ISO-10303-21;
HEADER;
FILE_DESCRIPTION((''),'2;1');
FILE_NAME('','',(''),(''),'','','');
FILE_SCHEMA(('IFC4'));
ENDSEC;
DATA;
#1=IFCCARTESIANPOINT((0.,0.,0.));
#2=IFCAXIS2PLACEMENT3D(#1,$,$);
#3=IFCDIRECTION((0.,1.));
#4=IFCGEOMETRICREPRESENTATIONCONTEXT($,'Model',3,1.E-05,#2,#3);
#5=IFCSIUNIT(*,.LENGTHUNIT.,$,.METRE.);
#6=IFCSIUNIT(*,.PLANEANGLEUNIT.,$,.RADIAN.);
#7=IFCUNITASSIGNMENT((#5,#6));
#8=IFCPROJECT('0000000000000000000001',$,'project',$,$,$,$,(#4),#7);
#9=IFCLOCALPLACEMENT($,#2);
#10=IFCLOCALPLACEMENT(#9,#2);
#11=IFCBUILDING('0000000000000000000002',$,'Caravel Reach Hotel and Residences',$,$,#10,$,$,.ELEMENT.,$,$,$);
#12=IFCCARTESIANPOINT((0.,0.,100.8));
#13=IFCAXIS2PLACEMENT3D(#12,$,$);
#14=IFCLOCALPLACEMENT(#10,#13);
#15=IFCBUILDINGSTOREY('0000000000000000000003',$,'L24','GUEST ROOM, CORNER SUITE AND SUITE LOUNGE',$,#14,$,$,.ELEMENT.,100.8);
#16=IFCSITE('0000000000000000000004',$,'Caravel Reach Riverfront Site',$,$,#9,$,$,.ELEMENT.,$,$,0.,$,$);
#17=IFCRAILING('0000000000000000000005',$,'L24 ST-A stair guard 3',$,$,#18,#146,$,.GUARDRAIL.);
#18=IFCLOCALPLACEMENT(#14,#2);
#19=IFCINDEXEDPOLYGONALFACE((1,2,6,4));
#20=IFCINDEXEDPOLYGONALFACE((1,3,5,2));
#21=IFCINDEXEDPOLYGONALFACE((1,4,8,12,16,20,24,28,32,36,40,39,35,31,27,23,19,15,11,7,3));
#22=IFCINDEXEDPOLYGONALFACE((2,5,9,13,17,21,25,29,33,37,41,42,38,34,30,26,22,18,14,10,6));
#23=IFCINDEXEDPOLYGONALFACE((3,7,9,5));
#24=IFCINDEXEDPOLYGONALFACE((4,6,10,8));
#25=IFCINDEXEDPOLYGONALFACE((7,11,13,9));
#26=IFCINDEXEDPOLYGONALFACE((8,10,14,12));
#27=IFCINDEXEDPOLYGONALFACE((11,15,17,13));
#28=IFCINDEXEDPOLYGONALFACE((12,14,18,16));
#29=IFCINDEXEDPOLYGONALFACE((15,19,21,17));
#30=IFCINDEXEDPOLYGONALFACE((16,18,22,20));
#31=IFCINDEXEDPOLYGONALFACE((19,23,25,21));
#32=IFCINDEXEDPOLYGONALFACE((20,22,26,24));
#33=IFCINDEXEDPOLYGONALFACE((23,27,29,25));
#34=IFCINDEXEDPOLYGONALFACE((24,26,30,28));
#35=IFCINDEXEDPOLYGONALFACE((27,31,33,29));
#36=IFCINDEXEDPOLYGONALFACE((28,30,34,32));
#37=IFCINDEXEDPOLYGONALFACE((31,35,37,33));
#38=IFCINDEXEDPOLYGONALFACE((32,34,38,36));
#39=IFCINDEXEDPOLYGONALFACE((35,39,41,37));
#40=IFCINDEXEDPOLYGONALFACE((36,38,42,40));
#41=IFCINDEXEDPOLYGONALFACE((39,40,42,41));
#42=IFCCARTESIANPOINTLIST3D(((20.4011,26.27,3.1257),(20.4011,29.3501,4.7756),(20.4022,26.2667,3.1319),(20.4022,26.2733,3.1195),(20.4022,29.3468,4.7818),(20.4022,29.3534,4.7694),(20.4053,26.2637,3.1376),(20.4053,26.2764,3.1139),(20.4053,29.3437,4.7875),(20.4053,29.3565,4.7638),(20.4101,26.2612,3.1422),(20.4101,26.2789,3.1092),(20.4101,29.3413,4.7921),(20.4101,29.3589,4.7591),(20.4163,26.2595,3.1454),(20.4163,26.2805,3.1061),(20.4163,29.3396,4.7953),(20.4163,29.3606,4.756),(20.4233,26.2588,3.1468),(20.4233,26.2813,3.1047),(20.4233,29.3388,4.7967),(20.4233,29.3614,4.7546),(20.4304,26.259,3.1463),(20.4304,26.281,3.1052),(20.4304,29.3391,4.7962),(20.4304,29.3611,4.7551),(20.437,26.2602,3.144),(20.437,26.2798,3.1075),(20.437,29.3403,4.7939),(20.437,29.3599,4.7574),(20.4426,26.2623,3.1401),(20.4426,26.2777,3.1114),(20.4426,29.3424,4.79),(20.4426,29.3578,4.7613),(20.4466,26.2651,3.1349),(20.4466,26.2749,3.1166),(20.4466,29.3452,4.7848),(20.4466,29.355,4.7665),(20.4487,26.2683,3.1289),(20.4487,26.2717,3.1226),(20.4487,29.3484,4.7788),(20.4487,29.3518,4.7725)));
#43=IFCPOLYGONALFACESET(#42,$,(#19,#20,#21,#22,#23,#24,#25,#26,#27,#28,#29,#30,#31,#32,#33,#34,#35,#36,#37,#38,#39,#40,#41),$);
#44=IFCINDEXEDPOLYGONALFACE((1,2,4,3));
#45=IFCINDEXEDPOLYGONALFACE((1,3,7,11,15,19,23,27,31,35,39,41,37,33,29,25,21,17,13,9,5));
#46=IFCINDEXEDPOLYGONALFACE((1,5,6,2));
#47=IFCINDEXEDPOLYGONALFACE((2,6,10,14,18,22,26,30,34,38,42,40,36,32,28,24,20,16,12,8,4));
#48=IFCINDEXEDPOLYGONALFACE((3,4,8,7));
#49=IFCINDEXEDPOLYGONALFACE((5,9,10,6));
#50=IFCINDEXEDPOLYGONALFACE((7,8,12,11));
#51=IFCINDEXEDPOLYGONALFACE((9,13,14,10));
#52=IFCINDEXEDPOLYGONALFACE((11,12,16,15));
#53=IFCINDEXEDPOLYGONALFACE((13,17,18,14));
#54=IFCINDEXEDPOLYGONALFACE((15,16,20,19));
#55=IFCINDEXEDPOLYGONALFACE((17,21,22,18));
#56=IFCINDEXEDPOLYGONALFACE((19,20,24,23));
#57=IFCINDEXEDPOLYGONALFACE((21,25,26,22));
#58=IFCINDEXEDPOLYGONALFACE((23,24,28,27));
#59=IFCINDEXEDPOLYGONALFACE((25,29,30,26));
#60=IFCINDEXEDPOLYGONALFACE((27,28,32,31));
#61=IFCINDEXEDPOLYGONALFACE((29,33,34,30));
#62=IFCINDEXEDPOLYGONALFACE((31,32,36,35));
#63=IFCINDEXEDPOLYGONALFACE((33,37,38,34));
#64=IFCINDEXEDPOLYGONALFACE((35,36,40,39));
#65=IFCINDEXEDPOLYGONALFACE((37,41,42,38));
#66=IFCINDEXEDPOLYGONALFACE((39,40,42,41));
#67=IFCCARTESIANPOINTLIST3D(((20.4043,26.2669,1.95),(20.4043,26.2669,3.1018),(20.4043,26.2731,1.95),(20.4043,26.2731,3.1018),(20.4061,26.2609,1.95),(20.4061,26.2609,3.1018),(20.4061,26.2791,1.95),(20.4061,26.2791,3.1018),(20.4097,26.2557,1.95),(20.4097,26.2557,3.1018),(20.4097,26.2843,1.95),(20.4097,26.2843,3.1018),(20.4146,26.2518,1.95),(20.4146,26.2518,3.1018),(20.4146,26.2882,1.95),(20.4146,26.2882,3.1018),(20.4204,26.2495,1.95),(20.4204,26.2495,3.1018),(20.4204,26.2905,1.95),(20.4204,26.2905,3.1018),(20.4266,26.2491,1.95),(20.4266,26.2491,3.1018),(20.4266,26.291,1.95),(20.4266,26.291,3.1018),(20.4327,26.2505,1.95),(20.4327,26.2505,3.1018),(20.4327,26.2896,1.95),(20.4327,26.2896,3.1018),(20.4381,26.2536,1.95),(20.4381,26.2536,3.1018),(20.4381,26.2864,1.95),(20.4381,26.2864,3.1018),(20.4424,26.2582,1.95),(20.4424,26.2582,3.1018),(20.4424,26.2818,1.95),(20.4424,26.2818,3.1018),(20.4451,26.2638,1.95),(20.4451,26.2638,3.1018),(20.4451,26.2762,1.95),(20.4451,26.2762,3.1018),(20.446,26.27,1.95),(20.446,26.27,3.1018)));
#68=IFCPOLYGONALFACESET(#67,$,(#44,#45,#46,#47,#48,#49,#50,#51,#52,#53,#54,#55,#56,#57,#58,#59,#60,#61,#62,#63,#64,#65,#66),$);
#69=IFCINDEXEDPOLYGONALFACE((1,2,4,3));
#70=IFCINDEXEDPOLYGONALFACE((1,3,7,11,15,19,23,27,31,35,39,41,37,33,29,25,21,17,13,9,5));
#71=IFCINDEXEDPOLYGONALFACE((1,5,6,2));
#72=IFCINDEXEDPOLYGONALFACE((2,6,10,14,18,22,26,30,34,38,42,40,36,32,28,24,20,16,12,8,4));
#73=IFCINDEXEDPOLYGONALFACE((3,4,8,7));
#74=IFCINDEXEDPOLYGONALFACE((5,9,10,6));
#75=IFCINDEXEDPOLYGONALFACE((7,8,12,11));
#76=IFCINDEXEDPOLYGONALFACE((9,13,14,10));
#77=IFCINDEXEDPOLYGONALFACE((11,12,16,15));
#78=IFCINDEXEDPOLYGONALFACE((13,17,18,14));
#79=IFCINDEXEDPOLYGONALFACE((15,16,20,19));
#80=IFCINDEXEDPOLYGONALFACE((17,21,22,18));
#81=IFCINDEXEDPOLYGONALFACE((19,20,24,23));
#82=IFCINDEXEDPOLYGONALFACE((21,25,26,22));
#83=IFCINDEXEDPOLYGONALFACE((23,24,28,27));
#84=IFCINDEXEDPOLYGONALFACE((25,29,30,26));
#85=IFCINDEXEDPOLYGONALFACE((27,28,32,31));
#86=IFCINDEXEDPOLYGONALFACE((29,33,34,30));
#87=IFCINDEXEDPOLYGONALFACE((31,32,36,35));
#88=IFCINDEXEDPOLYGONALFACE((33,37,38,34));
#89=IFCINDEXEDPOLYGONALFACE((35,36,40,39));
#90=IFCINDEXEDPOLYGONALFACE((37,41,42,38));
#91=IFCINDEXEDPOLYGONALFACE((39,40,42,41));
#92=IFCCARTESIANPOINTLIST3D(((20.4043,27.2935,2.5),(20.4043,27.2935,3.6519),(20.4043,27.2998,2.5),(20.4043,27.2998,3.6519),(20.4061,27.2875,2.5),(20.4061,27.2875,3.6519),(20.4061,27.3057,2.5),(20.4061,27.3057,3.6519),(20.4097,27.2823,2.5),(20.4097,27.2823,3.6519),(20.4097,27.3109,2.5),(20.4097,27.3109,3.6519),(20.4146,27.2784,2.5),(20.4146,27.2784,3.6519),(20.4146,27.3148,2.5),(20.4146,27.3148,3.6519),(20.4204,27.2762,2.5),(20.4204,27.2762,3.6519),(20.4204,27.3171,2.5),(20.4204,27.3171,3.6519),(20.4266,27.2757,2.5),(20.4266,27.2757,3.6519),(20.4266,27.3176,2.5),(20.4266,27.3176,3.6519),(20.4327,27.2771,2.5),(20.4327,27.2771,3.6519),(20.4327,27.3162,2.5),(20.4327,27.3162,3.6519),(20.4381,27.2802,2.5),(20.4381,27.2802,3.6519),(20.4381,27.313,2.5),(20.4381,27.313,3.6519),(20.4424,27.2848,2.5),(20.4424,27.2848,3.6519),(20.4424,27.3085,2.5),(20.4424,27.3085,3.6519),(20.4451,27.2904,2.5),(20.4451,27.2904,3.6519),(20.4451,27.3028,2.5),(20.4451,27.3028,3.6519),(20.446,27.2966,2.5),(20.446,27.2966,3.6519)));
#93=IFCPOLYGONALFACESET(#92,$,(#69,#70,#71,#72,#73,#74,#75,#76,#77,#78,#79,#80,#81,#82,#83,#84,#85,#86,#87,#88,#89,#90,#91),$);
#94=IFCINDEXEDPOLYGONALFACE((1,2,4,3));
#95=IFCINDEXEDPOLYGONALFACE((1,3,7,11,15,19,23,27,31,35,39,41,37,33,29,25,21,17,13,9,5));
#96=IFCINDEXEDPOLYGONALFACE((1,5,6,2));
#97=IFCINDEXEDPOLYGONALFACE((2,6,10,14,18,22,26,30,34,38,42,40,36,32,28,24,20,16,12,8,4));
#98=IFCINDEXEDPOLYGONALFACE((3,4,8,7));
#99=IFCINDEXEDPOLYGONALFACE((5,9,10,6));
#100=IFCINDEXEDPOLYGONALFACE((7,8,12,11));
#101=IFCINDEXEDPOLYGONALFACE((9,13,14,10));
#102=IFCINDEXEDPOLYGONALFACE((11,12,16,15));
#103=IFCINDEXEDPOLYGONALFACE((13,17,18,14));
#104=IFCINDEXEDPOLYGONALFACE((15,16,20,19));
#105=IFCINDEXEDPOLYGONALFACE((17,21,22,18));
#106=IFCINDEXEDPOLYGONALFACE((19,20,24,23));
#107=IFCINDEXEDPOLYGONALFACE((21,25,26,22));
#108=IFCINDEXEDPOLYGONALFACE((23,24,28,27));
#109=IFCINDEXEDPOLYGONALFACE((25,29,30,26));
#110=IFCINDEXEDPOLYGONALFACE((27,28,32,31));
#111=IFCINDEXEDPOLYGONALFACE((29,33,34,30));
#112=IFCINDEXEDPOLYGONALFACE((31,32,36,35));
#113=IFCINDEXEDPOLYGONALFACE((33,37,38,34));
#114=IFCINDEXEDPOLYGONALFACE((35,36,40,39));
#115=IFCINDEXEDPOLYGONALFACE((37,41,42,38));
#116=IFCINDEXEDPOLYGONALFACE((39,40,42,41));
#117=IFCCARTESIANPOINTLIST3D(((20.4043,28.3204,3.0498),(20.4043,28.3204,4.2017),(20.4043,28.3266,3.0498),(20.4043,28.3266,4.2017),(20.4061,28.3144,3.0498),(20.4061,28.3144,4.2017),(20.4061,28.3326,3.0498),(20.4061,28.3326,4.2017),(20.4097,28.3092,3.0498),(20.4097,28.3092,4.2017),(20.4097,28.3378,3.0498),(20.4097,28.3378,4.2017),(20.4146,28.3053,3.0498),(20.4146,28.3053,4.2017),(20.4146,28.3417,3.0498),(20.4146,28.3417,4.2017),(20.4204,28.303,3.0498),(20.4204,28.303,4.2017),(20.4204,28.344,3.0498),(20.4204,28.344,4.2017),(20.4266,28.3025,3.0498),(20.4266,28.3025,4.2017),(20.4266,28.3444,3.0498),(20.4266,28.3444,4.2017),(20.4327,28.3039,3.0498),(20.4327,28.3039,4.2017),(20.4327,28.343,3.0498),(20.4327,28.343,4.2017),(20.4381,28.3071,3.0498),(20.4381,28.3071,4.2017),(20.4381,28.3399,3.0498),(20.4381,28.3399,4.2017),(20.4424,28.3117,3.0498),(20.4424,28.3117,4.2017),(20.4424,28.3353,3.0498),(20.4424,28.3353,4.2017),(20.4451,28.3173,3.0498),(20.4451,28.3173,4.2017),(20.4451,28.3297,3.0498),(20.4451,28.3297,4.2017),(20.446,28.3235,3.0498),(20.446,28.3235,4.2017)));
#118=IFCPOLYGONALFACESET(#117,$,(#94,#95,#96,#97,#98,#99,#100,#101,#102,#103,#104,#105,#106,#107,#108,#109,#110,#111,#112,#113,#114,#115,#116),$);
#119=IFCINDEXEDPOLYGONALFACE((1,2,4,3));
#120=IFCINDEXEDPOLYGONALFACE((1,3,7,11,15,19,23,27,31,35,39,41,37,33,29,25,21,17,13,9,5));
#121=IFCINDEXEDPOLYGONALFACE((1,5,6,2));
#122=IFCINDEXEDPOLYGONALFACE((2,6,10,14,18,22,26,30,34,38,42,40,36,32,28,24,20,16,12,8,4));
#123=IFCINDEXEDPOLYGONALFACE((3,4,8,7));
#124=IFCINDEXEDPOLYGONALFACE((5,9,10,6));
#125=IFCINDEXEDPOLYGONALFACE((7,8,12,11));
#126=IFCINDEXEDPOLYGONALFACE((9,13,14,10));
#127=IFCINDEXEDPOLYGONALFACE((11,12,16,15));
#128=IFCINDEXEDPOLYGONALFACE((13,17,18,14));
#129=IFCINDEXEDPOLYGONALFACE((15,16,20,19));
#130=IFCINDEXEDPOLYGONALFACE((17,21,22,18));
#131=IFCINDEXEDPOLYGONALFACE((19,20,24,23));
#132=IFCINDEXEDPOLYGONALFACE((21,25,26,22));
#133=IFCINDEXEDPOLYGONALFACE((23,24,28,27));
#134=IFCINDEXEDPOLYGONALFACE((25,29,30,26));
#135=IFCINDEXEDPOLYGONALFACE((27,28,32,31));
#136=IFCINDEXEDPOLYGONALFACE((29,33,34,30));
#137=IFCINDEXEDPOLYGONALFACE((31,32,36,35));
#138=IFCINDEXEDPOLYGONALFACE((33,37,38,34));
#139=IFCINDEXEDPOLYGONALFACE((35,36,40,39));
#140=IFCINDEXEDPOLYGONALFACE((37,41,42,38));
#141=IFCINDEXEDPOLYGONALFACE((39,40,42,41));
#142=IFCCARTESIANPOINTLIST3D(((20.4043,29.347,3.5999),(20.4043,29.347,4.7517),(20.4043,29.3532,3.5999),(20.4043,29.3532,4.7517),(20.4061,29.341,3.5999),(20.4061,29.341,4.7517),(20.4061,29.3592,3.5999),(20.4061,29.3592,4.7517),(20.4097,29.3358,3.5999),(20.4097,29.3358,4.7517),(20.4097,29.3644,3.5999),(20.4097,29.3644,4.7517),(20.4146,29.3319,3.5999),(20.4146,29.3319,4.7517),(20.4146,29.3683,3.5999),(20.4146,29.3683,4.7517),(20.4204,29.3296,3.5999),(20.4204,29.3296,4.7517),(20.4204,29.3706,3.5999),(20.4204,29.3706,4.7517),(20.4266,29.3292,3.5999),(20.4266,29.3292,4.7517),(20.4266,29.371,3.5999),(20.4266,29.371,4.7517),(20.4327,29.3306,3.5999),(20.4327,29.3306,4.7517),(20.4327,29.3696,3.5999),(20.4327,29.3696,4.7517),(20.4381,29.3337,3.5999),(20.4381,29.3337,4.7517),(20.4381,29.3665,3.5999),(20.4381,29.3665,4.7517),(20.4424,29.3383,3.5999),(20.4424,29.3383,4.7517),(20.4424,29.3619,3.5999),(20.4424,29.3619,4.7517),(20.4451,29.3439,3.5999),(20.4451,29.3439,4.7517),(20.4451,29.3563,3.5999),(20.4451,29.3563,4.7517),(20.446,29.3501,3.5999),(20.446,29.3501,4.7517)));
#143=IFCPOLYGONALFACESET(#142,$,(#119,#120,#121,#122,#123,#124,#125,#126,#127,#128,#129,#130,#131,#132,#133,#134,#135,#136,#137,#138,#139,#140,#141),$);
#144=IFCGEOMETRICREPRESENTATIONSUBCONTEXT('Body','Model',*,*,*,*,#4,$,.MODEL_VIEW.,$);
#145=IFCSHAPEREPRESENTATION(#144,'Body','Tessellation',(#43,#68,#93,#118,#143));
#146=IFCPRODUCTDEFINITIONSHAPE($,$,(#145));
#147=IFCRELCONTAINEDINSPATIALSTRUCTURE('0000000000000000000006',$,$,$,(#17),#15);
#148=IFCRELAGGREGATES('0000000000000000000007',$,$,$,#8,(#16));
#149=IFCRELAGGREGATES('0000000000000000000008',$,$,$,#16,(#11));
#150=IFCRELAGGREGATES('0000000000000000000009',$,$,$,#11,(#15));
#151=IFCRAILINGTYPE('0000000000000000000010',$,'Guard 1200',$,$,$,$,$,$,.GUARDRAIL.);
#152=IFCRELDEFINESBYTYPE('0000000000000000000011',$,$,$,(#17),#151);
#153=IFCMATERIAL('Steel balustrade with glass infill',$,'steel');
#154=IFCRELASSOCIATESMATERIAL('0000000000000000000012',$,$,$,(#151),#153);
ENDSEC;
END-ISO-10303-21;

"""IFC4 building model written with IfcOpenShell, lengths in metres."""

from ifc_helpers import new_model, si_unit, direction, frame, origin, origin_2d, place, context, subcontext, project, spatial, circle, extrude, material, type_object, element, save


model = new_model("IFC4")

# Units and contexts
model_context = context("Model", 3, precision=1e-05, world=origin(), true_north=direction((0.0, 1.0)))
body_context = subcontext(model_context, "Body", "Model", "MODEL_VIEW")
ifc_project = project(units=[si_unit("LENGTHUNIT", "METRE"), si_unit("PLANEANGLEUNIT", "RADIAN")], contexts=[model_context])

# Site, building, storey
site_placement = place(None, origin())
site = spatial("IfcSite", under=ifc_project, at=site_placement, Name="Caravel Reach Riverfront Site", CompositionType="ELEMENT", RefElevation=0.0)
building_placement = place(site_placement, origin())
building = spatial("IfcBuilding", under=site, at=building_placement, Name="Caravel Reach Hotel and Residences", CompositionType="ELEMENT")
storey_placement = place(building_placement, frame((0.0, 0.0, 100.8)))
storey = spatial("IfcBuildingStorey", under=building, at=storey_placement, Name="L24", Description="GUEST ROOM, CORNER SUITE AND SUITE LOUNGE", CompositionType="ELEMENT", Elevation=100.8)

# Railing
ifc_material_1 = material(Name="Steel balustrade with glass infill", Category="steel")
railing_type_1 = type_object("IfcRailingType", Name="Guard 1200", PredefinedType="GUARDRAIL", material=ifc_material_1)
railing_1_placement = place(storey_placement, frame((20.425, 26.27, 1.95)))
element("IfcRailing", 1, at=railing_1_placement, inside=storey, type_object=railing_type_1, Name="L24 ST-A stair guard 3", PredefinedType="GUARDRAIL", context=body_context, shape_type="SweptSolid", body=[
    extrude(circle(Radius=0.0239, at=origin_2d()), frame((0.0, 0.0, 1.1758), z_axis=(0.0, 0.881497, 0.47219), x_axis=(-1.0, 0.0, 0.0)), (0.0, 0.0, 1.0), 3.4941),
    extrude(circle(Radius=0.021, at=origin_2d()), origin(), (0.0, 0.0, 1.0), 1.1519),
    extrude(circle(Radius=0.021, at=origin_2d()), frame((0.0, 1.0266, 0.55)), (0.0, 0.0, 1.0), 1.1519),
    extrude(circle(Radius=0.021, at=origin_2d()), frame((0.0, 2.0535, 1.0999)), (0.0, 0.0, 1.0), 1.1519),
    extrude(circle(Radius=0.021, at=origin_2d()), frame((0.0, 3.0801, 1.6499)), (0.0, 0.0, 1.0), 1.1519),
])

save(model, "model.ifc")
